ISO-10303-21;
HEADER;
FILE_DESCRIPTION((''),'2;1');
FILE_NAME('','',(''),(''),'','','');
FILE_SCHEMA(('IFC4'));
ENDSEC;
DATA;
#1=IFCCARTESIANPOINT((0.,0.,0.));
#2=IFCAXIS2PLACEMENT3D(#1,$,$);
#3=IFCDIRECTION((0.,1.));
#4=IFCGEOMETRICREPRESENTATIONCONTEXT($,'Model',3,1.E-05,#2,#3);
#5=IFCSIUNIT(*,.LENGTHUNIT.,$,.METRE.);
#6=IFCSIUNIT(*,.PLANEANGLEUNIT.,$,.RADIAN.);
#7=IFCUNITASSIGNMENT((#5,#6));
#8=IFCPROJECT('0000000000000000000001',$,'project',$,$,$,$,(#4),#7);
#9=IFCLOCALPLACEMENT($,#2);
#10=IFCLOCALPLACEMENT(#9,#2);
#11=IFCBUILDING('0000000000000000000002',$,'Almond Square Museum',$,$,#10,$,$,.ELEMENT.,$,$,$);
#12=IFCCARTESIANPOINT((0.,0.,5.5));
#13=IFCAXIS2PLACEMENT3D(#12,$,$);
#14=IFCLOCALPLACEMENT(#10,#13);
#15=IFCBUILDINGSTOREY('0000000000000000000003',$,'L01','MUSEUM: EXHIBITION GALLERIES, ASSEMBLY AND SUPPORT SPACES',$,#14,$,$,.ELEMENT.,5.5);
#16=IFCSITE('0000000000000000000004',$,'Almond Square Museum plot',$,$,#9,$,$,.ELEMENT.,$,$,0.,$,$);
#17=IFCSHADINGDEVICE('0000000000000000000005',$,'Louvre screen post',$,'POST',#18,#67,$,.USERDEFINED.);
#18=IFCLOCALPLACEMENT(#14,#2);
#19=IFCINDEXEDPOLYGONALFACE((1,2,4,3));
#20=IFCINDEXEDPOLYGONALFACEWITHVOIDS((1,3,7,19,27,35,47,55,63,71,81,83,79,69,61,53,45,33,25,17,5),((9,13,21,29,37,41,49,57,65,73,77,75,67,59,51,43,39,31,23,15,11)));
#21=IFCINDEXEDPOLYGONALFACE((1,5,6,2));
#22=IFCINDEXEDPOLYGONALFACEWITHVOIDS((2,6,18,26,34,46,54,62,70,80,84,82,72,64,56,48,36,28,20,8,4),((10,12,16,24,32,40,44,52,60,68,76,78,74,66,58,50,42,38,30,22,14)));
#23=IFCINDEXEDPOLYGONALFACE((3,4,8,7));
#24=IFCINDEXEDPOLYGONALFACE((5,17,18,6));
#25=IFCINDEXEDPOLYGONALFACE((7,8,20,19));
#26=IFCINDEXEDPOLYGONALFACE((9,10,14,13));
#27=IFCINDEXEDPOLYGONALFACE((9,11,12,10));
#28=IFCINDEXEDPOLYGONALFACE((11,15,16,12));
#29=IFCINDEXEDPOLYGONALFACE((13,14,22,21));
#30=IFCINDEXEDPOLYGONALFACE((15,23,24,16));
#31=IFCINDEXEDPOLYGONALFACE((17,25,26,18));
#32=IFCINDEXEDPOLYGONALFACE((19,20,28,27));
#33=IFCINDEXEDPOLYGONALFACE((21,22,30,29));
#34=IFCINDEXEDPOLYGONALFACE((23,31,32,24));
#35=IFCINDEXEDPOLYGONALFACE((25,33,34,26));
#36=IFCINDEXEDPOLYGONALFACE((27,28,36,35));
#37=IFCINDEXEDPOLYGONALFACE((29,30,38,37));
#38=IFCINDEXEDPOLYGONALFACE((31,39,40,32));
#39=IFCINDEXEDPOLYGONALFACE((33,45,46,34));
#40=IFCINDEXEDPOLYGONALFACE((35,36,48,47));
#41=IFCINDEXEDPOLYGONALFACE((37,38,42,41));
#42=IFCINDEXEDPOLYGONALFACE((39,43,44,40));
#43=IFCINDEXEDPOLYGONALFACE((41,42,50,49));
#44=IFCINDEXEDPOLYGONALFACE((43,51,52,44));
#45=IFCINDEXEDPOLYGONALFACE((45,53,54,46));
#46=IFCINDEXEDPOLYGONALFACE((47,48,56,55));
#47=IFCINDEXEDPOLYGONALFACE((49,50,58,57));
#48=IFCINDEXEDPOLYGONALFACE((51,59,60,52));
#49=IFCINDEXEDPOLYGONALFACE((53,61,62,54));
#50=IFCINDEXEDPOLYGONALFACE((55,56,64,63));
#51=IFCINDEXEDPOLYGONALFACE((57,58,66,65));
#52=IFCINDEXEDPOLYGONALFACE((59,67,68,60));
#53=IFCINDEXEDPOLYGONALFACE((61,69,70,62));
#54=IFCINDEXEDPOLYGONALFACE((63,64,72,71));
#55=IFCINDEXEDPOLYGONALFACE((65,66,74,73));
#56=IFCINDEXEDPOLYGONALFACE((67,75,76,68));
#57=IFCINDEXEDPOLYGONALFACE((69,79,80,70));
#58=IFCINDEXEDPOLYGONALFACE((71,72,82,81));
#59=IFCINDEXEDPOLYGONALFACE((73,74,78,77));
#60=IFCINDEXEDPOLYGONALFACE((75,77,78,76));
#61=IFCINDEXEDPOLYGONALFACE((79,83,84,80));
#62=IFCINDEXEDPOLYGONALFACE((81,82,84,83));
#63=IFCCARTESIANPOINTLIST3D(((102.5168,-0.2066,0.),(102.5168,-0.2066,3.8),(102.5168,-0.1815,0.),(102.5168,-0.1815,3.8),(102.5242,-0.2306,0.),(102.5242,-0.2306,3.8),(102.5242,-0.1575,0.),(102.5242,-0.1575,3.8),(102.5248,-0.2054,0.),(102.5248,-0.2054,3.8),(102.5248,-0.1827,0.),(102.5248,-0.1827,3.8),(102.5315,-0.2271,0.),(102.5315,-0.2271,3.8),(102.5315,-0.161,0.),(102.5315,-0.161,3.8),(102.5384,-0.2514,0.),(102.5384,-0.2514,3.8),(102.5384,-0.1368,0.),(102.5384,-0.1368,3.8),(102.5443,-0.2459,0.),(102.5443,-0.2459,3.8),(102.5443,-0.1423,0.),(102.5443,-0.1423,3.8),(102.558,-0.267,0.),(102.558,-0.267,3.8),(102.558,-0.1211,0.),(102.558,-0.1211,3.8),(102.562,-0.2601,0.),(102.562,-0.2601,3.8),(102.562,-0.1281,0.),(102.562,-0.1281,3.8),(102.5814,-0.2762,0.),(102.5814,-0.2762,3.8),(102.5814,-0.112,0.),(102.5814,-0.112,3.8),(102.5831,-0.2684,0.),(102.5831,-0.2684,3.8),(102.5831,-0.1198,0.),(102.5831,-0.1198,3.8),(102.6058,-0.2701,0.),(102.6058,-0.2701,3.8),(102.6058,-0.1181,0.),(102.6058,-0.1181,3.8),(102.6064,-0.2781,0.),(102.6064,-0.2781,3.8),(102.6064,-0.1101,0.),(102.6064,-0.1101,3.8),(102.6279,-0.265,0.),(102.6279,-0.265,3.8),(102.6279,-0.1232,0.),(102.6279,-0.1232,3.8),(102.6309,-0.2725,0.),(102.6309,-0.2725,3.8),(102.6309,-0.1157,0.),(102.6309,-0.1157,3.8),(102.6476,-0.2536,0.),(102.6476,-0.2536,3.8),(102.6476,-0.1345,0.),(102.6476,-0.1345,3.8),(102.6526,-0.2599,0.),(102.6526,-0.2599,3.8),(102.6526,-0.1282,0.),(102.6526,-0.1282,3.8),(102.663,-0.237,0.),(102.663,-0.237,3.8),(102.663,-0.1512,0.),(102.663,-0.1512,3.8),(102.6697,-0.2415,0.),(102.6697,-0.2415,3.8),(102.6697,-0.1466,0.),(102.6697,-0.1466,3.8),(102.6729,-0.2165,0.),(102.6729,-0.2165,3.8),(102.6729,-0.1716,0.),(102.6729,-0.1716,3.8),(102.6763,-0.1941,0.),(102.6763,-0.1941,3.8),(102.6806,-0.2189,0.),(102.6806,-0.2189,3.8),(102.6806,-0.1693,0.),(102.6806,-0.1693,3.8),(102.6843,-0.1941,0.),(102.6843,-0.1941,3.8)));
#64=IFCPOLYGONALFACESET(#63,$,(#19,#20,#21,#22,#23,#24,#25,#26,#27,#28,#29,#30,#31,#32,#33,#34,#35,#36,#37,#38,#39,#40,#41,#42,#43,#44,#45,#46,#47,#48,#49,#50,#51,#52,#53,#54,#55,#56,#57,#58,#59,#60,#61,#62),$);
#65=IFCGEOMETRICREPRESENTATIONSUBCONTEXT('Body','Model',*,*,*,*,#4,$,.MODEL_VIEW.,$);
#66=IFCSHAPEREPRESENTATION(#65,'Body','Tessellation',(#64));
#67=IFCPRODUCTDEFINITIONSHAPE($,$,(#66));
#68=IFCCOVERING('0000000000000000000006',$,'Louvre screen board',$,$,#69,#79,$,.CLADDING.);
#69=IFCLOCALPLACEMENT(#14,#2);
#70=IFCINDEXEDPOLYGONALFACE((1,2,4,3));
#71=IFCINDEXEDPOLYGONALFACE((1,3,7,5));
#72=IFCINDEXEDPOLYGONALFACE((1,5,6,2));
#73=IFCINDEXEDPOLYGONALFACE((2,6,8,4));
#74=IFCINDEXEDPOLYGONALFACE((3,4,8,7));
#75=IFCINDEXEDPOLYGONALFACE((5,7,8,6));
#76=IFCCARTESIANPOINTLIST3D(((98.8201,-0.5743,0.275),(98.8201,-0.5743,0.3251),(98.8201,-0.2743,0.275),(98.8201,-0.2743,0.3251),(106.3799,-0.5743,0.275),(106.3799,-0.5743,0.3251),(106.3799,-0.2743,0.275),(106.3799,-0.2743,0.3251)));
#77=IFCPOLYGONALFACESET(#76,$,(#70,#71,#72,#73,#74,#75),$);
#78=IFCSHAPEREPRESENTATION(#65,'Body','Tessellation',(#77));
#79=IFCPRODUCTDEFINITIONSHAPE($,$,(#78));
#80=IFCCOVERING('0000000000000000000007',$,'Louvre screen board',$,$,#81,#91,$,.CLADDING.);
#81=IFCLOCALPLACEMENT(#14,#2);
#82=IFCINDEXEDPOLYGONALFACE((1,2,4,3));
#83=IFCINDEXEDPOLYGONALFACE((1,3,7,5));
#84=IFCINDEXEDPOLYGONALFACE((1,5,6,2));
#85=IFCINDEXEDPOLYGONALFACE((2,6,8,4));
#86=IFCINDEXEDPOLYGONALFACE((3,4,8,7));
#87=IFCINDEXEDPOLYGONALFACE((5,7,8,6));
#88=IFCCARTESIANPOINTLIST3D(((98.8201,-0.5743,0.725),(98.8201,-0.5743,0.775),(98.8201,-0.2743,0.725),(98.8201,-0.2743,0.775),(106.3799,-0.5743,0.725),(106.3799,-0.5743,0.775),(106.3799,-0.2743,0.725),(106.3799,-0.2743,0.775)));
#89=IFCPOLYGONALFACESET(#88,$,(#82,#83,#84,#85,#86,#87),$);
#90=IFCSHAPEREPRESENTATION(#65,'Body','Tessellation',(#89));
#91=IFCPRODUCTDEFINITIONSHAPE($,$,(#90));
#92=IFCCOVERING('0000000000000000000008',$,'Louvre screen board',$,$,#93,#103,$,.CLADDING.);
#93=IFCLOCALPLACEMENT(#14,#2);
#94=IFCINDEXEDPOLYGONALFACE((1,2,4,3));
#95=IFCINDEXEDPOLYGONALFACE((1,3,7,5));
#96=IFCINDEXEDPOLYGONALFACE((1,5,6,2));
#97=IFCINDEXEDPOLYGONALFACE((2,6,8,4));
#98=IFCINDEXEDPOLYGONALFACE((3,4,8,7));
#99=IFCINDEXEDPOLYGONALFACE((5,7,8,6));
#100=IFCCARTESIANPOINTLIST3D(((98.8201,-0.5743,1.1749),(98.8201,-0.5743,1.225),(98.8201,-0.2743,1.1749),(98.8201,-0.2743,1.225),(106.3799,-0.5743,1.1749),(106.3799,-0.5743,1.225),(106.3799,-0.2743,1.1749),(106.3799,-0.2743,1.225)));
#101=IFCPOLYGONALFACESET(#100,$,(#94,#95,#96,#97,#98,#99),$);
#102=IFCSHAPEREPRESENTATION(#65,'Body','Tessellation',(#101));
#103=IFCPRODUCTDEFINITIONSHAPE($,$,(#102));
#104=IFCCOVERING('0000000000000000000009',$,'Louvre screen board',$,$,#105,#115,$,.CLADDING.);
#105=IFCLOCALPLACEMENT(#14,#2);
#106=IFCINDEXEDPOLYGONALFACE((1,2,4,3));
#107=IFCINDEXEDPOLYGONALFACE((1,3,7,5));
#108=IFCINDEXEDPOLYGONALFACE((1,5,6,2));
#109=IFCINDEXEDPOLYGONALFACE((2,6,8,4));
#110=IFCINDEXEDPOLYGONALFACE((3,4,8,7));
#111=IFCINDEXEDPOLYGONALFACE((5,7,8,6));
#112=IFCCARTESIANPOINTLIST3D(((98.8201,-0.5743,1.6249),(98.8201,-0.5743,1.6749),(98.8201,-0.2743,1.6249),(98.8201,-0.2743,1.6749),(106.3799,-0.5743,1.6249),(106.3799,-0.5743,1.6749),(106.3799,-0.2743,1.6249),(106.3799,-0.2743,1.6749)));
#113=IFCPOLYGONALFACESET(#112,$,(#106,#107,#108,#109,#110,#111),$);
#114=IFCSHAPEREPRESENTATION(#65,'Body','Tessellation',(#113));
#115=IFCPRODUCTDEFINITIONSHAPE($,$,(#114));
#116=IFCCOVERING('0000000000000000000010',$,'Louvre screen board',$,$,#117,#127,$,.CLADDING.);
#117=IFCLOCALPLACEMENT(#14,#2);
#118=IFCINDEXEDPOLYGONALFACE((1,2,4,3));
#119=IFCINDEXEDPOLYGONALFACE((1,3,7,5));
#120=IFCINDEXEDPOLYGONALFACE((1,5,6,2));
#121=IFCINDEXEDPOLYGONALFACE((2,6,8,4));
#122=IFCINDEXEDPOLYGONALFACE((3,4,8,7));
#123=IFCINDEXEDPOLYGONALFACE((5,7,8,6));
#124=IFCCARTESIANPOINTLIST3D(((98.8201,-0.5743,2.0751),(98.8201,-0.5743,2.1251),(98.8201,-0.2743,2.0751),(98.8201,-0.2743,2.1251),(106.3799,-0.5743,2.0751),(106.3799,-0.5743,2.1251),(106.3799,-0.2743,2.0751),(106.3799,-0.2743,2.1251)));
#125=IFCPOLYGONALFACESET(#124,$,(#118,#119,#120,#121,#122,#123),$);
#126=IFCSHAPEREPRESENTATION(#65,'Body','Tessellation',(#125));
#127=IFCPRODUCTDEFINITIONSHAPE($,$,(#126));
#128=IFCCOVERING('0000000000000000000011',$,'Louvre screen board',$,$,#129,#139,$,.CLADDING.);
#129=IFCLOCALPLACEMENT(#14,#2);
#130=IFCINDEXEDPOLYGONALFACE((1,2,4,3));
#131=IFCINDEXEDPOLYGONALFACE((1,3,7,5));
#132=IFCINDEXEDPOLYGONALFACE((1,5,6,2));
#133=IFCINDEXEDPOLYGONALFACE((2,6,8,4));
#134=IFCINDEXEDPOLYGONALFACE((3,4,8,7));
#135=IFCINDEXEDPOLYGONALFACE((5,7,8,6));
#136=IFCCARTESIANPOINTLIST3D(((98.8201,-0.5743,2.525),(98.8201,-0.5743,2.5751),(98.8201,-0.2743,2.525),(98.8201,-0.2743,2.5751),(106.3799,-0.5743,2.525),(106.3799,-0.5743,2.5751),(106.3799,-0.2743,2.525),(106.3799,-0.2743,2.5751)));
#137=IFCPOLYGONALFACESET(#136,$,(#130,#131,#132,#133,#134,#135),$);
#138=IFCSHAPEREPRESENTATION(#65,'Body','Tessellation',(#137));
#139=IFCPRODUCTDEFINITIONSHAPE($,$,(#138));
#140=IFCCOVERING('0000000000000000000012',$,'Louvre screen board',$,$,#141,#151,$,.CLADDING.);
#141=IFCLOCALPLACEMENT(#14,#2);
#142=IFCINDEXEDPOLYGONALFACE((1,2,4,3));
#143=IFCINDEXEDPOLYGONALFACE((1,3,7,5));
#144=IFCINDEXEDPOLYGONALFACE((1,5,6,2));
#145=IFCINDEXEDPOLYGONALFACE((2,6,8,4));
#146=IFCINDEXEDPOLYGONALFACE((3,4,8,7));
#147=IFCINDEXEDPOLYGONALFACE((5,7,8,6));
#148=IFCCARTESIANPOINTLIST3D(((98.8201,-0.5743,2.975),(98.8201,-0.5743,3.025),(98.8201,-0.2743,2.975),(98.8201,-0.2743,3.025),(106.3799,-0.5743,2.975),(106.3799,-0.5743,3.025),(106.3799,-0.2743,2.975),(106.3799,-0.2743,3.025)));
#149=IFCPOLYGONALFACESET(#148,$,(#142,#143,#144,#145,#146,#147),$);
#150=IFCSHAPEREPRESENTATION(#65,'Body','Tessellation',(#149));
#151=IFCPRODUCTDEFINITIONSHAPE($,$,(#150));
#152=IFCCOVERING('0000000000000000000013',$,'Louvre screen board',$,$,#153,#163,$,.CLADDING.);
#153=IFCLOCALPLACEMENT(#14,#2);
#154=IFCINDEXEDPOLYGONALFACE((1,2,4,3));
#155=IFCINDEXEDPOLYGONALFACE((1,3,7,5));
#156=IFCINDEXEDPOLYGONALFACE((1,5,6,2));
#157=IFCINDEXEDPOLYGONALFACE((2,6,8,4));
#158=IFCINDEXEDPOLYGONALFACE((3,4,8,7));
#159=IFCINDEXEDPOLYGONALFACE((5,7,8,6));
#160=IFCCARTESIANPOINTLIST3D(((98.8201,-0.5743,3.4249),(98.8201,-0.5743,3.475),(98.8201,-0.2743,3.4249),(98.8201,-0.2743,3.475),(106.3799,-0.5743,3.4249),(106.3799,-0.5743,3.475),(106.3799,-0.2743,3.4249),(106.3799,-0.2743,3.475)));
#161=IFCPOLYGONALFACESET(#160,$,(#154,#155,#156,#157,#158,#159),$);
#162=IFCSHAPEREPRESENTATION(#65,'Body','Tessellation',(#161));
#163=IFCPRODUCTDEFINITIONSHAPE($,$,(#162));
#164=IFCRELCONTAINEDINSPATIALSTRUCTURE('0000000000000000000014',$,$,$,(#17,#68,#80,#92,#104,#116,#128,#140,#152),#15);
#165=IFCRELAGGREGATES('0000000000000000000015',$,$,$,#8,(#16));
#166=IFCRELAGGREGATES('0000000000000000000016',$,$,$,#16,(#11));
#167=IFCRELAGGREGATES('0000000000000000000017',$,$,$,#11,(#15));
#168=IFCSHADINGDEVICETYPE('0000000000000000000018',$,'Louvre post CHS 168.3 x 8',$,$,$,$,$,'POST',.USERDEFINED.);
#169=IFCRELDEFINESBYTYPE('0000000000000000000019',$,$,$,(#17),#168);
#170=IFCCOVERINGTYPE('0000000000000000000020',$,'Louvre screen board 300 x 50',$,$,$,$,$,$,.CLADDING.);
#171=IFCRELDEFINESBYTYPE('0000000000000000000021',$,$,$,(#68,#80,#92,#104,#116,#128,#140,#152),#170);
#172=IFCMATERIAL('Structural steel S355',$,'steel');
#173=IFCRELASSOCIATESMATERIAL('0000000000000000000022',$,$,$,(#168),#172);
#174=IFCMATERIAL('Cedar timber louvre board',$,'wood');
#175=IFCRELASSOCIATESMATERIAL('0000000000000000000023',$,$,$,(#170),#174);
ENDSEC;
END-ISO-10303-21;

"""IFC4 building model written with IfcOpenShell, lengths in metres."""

from ifc_helpers import new_model, si_unit, direction, frame, origin, origin_2d, place, context, subcontext, project, spatial, rectangle, hollow_circle, extrude, material, material_profile, profile_set, type_object, element, save


model = new_model("IFC4")

# Units and contexts
model_context = context("Model", 3, precision=1e-05, world=origin(), true_north=direction((0.0, 1.0)))
body_context = subcontext(model_context, "Body", "Model", "MODEL_VIEW")
ifc_project = project(units=[si_unit("LENGTHUNIT", "METRE"), si_unit("PLANEANGLEUNIT", "RADIAN")], contexts=[model_context])

# Site, building, storey
site_placement = place(None, origin())
site = spatial("IfcSite", under=ifc_project, at=site_placement, Name="Almond Square Museum plot", CompositionType="ELEMENT", RefElevation=0.0)
building_placement = place(site_placement, origin())
building = spatial("IfcBuilding", under=site, at=building_placement, Name="Almond Square Museum", CompositionType="ELEMENT")
storey_placement = place(building_placement, frame((0.0, 0.0, 5.5)))
storey = spatial("IfcBuildingStorey", under=building, at=storey_placement, Name="L01", Description="MUSEUM: EXHIBITION GALLERIES, ASSEMBLY AND SUPPORT SPACES", CompositionType="ELEMENT", Elevation=5.5)

# Shading device
ifc_material_1 = material(Name="Structural steel S355", Category="steel")
ifc_material_profile_1 = material_profile(ifc_material_1, hollow_circle(Radius=0.0842, WallThickness=0.0081, at=origin_2d()))
ifc_profile_set_1 = profile_set([ifc_material_profile_1], Name="Structural steel S355")
shading_device_type = type_object("IfcShadingDeviceType", Name="Louvre post CHS 168.3 x 8", ElementType="POST", PredefinedType="USERDEFINED", material=ifc_profile_set_1)
for number, where, z_axis, x_axis, name in (
    (1, (102.6001, -0.1941, 0.0), (0.0, 0.0, 1.0), (1.0, 0.0, 0.0), "Louvre screen post"),
):
    element("IfcShadingDevice", number, at=place(storey_placement, frame(where, z_axis=z_axis, x_axis=x_axis)), inside=storey, type_object=shading_device_type, Name=name, ObjectType="POST", PredefinedType="USERDEFINED", context=body_context, shape_type="SweptSolid", body=[
        extrude(hollow_circle(Radius=0.0842, WallThickness=0.0081, at=origin_2d()), origin(), (0.0, 0.0, 1.0), 3.8),
    ])

# Coverings
ifc_material_2 = material(Name="Cedar timber louvre board", Category="wood")
ifc_material_profile_2 = material_profile(ifc_material_2, rectangle(XDim=0.3, YDim=0.05, at=origin_2d()))
ifc_profile_set_2 = profile_set([ifc_material_profile_2], Name="Cedar timber louvre board")
covering_type = type_object("IfcCoveringType", Name="Louvre screen board 300 x 50", PredefinedType="CLADDING", material=ifc_profile_set_2)
for number, where, z_axis, x_axis, name in (
    (2, (98.8201, -0.4243, 0.3), (1.0, 0.0, 0.0), (0.0, 1.0, 0.0), "Louvre screen board"),
    (3, (98.8201, -0.4243, 0.75), (1.0, 0.0, 0.0), (0.0, 1.0, 0.0), "Louvre screen board"),
    (4, (98.8201, -0.4243, 1.2), (1.0, 0.0, 0.0), (0.0, 1.0, 0.0), "Louvre screen board"),
    (5, (98.8201, -0.4243, 1.6499), (1.0, 0.0, 0.0), (0.0, 1.0, 0.0), "Louvre screen board"),
    (6, (98.8201, -0.4243, 2.1001), (1.0, 0.0, 0.0), (0.0, 1.0, 0.0), "Louvre screen board"),
    (7, (98.8201, -0.4243, 2.55), (1.0, 0.0, 0.0), (0.0, 1.0, 0.0), "Louvre screen board"),
    (8, (98.8201, -0.4243, 3.0), (1.0, 0.0, 0.0), (0.0, 1.0, 0.0), "Louvre screen board"),
    (9, (98.8201, -0.4243, 3.45), (1.0, 0.0, 0.0), (0.0, 1.0, 0.0), "Louvre screen board"),
):
    element("IfcCovering", number, at=place(storey_placement, frame(where, z_axis=z_axis, x_axis=x_axis)), inside=storey, type_object=covering_type, Name=name, PredefinedType="CLADDING", context=body_context, shape_type="SweptSolid", body=[
        extrude(rectangle(XDim=0.3, YDim=0.05, at=origin_2d()), origin(), (0.0, 0.0, 1.0), 7.5598),
    ])

save(model, "model.ifc")
